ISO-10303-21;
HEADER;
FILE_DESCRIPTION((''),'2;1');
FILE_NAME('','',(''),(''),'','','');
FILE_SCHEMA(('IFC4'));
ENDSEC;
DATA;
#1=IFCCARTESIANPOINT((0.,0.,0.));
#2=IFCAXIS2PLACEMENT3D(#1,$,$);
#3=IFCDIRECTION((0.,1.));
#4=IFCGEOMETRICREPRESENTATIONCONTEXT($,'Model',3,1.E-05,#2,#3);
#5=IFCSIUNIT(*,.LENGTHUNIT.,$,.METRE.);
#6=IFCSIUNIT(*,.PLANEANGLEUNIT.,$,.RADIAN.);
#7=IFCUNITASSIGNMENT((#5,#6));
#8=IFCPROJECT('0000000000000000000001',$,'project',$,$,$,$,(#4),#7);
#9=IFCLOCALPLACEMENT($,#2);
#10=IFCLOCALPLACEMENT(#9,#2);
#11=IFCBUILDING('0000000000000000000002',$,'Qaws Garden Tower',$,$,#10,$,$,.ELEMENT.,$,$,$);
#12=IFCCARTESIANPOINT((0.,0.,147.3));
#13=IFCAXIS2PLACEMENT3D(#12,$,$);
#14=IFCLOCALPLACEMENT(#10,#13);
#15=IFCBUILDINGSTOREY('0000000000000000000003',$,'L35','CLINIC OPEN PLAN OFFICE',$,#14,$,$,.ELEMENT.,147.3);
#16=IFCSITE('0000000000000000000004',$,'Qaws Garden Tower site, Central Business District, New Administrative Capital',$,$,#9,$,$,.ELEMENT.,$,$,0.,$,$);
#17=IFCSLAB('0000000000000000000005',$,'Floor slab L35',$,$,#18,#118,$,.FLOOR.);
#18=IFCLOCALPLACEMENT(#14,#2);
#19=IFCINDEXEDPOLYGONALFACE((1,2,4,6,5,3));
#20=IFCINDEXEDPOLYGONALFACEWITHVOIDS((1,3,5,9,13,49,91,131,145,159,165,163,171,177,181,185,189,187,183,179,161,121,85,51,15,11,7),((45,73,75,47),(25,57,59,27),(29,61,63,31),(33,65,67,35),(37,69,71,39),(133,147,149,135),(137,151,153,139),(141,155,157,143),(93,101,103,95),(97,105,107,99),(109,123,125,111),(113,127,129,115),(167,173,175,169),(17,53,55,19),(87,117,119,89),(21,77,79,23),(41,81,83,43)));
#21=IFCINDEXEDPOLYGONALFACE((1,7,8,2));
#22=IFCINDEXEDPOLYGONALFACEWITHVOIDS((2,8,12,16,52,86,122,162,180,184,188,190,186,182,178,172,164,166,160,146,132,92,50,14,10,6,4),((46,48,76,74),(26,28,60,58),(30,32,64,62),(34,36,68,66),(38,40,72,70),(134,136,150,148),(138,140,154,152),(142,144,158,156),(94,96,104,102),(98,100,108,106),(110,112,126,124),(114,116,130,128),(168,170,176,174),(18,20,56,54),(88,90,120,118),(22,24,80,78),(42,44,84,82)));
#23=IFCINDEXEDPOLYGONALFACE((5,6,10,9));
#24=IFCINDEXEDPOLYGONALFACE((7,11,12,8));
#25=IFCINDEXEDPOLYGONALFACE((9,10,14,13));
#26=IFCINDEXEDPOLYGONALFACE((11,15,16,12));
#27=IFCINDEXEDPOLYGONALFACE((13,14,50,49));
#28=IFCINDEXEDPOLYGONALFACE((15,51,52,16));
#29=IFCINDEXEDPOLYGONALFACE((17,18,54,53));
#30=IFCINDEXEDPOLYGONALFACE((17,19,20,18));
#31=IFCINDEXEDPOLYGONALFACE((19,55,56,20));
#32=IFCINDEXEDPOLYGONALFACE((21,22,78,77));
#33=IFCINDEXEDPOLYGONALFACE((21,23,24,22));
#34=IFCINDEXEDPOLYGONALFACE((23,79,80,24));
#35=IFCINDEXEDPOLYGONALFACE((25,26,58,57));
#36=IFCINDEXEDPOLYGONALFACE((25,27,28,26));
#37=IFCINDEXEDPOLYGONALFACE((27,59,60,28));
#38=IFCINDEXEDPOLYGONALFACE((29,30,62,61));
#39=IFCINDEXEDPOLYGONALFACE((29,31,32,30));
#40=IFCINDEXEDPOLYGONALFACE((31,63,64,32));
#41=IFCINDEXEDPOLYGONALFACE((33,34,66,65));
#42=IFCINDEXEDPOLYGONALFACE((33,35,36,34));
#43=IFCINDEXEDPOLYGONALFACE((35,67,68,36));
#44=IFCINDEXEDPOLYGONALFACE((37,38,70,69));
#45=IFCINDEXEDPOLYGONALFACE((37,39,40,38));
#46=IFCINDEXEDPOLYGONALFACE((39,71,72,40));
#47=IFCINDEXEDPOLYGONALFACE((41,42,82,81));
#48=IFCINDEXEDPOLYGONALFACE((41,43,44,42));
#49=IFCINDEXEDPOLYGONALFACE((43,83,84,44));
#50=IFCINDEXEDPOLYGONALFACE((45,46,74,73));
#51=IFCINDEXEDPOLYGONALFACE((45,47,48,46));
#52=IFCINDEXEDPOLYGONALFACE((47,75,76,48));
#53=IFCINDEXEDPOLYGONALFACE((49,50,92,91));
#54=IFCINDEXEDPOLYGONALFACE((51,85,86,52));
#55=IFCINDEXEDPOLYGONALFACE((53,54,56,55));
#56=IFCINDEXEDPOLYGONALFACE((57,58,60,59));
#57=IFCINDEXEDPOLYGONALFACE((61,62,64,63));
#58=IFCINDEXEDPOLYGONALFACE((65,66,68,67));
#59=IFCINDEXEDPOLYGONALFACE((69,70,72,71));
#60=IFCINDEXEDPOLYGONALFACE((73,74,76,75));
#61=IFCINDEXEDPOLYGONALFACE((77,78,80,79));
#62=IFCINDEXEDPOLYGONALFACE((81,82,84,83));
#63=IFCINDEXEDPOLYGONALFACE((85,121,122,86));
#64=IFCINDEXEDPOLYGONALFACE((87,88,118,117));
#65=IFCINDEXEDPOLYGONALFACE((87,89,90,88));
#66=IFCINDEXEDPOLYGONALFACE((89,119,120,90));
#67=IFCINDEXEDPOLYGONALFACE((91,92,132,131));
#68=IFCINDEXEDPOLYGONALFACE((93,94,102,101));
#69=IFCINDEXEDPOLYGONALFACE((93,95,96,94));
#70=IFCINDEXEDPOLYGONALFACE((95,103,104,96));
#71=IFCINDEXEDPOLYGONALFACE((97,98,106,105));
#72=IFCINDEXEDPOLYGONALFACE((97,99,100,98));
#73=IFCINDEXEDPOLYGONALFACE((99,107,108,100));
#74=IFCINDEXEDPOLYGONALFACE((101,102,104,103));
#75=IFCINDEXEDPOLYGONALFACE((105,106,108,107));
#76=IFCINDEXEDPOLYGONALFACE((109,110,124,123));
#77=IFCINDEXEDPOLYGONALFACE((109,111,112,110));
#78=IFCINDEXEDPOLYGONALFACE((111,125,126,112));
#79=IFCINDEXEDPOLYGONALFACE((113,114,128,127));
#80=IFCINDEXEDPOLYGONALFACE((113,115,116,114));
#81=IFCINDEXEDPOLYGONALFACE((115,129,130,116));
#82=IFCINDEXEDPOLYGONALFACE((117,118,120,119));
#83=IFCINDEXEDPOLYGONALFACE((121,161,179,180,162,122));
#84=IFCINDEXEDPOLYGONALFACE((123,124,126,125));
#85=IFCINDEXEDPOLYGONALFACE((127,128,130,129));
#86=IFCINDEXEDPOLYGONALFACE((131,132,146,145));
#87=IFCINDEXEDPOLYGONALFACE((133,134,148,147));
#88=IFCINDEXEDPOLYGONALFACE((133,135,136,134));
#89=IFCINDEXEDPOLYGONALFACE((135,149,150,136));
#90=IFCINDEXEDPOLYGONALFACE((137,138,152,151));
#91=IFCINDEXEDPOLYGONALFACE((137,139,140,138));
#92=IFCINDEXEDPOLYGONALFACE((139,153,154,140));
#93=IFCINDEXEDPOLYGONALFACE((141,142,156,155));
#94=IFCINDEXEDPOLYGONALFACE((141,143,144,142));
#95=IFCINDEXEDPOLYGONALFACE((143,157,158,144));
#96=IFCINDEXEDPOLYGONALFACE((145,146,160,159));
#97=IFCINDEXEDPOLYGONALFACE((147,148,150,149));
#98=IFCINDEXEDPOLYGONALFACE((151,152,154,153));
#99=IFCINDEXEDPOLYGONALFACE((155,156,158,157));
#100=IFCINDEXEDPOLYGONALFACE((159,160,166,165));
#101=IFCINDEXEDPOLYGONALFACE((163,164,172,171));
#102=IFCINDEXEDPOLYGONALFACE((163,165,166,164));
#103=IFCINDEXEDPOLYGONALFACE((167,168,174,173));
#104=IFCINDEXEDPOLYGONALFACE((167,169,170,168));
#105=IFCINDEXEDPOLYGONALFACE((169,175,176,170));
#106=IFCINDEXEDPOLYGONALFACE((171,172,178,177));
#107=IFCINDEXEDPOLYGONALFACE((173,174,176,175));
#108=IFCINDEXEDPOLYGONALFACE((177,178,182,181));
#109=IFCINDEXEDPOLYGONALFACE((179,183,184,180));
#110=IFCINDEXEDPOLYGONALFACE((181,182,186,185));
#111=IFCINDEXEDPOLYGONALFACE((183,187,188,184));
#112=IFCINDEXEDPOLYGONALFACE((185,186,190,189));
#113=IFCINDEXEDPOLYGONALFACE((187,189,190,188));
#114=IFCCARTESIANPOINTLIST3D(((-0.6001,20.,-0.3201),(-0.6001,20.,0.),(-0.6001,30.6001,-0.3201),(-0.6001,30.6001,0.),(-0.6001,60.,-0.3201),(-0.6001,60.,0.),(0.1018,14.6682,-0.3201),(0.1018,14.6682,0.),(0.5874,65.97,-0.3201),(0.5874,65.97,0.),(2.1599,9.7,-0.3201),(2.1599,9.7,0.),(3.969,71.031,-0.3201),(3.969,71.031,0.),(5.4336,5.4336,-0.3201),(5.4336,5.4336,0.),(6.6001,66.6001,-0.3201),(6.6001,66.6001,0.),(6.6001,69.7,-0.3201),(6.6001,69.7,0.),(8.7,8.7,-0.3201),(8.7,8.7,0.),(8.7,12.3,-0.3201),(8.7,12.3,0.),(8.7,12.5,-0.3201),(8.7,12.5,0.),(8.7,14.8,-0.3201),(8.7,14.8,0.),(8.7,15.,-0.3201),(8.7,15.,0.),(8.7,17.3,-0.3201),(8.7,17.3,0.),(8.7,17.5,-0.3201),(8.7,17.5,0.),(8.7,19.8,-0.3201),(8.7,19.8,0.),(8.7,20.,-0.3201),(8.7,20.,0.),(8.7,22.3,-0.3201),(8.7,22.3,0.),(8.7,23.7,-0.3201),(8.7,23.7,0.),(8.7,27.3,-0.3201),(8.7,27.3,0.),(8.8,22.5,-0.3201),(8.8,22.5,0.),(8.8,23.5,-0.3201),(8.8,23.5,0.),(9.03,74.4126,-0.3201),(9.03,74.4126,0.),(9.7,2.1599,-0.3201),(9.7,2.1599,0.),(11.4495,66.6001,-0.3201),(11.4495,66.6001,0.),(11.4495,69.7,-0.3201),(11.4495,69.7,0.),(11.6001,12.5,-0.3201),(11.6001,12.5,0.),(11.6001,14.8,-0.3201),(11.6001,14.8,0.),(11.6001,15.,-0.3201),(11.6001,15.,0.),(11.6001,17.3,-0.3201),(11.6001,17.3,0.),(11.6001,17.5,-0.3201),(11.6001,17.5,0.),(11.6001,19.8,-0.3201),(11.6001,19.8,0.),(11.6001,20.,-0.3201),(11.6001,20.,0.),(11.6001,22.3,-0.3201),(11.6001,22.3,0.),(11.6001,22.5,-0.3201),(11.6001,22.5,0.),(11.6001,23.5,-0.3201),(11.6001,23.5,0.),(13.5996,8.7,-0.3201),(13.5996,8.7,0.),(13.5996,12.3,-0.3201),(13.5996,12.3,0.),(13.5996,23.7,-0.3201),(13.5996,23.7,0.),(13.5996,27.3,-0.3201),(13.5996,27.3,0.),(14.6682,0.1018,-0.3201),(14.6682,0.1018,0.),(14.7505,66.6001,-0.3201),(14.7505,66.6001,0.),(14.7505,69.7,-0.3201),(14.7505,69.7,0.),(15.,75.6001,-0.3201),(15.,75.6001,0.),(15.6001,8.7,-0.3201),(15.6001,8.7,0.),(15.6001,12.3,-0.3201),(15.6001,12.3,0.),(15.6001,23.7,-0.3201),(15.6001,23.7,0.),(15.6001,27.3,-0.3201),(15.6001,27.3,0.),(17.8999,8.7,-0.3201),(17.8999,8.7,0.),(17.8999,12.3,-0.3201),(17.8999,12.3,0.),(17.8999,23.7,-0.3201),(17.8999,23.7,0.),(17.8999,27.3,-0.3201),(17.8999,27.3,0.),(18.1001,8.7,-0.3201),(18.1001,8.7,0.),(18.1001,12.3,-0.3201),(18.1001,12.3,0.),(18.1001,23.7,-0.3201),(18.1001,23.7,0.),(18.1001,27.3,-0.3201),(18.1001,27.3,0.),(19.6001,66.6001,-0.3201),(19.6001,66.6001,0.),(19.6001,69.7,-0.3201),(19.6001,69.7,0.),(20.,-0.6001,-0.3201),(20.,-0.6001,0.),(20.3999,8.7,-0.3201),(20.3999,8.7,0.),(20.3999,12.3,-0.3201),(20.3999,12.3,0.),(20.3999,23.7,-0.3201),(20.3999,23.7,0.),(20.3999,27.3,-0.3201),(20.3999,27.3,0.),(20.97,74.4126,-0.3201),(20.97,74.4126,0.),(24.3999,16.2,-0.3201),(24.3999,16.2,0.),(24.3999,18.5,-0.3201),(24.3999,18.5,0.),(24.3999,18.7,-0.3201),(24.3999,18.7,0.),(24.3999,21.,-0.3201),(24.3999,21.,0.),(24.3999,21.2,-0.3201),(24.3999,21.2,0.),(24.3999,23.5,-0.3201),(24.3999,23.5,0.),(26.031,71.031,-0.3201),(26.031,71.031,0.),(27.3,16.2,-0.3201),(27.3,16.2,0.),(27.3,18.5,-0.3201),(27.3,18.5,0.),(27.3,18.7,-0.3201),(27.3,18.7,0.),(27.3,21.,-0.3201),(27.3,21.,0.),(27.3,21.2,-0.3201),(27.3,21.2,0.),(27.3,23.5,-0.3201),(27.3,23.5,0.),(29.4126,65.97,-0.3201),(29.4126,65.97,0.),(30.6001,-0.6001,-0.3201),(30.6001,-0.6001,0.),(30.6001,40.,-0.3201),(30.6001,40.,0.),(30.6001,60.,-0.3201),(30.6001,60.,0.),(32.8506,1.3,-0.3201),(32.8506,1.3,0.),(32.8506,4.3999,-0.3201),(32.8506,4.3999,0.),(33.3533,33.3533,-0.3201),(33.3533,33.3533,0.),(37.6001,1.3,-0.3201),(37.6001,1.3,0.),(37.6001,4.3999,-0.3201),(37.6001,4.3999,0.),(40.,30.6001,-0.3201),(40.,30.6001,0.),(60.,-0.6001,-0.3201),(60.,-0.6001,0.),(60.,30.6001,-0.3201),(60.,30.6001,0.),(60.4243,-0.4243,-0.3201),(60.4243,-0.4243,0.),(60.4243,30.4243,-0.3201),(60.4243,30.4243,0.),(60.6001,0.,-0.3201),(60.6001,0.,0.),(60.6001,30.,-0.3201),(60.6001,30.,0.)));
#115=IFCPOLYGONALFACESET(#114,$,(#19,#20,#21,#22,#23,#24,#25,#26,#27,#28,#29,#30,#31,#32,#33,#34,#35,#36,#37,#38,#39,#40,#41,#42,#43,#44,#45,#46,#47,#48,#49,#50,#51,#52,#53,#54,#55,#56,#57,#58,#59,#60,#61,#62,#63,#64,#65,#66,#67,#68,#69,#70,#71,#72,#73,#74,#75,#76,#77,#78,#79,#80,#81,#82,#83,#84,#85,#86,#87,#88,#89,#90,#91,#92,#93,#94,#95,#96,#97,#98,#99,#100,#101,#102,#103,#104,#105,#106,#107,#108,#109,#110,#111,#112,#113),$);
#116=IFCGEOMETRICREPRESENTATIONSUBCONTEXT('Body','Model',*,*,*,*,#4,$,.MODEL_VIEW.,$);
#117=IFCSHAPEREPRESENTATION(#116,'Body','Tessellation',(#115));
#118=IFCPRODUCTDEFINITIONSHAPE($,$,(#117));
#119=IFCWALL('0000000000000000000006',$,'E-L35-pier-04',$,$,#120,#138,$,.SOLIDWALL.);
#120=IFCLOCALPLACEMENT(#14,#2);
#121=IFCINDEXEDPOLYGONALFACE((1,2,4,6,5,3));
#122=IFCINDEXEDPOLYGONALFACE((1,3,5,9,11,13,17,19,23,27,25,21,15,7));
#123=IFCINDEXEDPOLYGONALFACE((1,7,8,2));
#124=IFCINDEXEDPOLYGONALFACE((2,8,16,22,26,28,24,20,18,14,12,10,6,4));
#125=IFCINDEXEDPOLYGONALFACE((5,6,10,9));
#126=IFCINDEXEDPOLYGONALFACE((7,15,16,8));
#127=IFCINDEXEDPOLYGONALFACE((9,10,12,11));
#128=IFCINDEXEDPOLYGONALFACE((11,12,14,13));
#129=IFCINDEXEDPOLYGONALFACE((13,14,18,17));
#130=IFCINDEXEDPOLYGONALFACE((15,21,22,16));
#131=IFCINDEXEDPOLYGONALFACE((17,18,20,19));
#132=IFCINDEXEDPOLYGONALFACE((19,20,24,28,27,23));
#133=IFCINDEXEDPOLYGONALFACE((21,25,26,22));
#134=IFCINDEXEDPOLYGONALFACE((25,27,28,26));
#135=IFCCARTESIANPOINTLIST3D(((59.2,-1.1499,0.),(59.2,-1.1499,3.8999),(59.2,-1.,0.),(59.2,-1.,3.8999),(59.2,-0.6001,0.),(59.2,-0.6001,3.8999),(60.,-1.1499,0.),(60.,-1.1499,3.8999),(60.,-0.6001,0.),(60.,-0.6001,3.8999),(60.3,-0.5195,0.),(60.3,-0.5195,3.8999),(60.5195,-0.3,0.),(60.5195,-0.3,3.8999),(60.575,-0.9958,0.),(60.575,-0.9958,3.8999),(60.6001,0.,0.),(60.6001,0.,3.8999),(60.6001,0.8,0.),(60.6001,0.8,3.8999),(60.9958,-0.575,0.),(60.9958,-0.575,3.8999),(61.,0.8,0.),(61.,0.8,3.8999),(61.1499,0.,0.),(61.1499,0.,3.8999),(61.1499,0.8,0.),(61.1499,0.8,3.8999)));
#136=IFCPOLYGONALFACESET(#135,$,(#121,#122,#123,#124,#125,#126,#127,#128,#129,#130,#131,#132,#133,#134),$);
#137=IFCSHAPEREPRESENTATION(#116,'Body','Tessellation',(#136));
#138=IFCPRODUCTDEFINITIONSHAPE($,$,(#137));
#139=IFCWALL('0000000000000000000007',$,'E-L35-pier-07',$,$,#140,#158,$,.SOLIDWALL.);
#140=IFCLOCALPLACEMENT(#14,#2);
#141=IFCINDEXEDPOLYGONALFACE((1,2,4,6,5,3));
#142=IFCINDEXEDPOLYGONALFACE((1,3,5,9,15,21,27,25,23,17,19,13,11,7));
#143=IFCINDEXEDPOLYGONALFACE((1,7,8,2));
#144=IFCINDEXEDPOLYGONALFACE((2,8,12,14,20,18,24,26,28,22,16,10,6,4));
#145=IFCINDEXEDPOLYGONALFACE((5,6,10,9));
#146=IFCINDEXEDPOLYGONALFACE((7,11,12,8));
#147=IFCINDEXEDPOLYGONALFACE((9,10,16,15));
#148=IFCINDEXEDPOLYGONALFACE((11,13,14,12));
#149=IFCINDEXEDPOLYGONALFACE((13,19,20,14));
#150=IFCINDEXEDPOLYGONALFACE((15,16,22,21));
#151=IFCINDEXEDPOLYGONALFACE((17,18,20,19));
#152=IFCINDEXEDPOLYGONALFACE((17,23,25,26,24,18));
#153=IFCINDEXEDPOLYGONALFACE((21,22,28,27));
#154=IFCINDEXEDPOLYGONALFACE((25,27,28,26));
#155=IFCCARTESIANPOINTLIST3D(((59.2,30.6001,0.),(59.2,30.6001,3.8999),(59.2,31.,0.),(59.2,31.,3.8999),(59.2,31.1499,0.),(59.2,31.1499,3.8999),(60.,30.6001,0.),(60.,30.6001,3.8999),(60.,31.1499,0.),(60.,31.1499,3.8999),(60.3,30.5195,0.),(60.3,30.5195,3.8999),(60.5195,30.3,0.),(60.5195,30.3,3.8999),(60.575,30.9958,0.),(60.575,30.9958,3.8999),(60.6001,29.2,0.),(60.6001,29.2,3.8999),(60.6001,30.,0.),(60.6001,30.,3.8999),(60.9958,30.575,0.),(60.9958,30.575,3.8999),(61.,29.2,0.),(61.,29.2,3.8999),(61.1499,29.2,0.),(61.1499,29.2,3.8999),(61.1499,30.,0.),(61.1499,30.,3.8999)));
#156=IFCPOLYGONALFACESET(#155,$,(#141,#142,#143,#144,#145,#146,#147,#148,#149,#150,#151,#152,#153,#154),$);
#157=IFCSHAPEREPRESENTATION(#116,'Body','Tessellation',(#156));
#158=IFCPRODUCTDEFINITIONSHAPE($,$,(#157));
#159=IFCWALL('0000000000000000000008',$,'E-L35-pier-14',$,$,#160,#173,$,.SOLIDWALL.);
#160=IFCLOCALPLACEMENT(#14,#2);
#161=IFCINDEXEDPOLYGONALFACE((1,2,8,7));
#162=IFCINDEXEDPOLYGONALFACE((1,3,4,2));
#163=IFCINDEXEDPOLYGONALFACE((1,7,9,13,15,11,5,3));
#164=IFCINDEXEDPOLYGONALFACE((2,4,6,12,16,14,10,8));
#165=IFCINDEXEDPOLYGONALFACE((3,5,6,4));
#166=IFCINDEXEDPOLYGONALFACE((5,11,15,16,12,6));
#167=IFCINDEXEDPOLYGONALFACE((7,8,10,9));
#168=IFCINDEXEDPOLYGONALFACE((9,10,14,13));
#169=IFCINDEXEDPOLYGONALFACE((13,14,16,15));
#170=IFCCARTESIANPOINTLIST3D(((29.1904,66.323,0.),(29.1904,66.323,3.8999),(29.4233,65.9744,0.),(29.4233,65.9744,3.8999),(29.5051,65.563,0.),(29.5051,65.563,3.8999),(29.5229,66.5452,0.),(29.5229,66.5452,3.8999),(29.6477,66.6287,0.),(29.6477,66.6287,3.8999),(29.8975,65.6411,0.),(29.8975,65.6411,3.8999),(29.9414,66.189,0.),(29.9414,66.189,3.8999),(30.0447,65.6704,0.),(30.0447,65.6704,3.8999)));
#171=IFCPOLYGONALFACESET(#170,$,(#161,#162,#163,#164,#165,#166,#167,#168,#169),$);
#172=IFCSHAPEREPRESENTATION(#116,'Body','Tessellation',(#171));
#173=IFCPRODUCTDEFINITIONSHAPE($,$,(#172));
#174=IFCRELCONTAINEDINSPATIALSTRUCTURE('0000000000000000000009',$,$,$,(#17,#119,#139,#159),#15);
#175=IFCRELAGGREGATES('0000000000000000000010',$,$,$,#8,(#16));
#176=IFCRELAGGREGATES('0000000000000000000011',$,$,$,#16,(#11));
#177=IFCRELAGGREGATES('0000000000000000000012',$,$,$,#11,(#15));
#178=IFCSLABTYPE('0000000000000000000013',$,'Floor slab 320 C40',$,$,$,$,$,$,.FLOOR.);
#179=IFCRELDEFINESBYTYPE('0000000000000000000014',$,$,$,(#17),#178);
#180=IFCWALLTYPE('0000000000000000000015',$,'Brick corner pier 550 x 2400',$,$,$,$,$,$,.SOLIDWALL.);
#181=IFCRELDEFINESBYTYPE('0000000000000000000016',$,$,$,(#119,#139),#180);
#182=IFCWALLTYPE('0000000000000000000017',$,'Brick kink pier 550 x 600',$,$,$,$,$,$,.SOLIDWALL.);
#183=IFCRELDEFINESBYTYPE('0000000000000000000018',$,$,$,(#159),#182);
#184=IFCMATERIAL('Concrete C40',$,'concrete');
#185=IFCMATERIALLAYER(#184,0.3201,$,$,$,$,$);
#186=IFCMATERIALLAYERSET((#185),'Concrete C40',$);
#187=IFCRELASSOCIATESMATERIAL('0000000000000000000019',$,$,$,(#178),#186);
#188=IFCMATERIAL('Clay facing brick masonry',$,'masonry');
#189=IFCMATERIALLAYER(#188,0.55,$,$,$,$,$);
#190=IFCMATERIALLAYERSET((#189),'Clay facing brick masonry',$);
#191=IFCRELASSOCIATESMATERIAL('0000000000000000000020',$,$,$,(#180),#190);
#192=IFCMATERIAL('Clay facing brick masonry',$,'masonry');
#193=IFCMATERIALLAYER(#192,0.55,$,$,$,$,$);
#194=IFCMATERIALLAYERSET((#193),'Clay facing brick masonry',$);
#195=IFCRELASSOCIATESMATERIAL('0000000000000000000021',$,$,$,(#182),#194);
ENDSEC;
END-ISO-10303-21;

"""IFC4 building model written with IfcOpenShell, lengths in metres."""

from ifc_helpers import new_model, si_unit, direction, frame, origin, place, context, subcontext, project, spatial, polyline, outline, extrude, material, layer, layer_set, type_object, element, save


model = new_model("IFC4")

# Units and contexts
model_context = context("Model", 3, precision=1e-05, world=origin(), true_north=direction((0.0, 1.0)))
body_context = subcontext(model_context, "Body", "Model", "MODEL_VIEW")
ifc_project = project(units=[si_unit("LENGTHUNIT", "METRE"), si_unit("PLANEANGLEUNIT", "RADIAN")], contexts=[model_context])

# Site, building, storey
site_placement = place(None, origin())
site = spatial("IfcSite", under=ifc_project, at=site_placement, Name="Qaws Garden Tower site, Central Business District, New Administrative Capital", CompositionType="ELEMENT", RefElevation=0.0)
building_placement = place(site_placement, origin())
building = spatial("IfcBuilding", under=site, at=building_placement, Name="Qaws Garden Tower", CompositionType="ELEMENT")
storey_placement = place(building_placement, frame((0.0, 0.0, 147.3)))
storey = spatial("IfcBuildingStorey", under=building, at=storey_placement, Name="L35", Description="CLINIC OPEN PLAN OFFICE", CompositionType="ELEMENT", Elevation=147.3)

# Slab
ifc_material_1 = material(Name="Concrete C40", Category="concrete")
ifc_layer_1 = layer(ifc_material_1, 0.3201)
ifc_layer_set_1 = layer_set([ifc_layer_1], Name="Concrete C40")
slab_type = type_object("IfcSlabType", Name="Floor slab 320 C40", PredefinedType="FLOOR", material=ifc_layer_set_1)
slab_placement = place(storey_placement, frame((0.0, 0.0, -0.3201)))
element("IfcSlab", 1, at=slab_placement, inside=storey, type_object=slab_type, Name="Floor slab L35", PredefinedType="FLOOR", context=body_context, shape_type="SweptSolid", body=[
    extrude(outline(polyline([(0.1018, 14.6682), (-0.6001, 20.0), (-0.6001, 30.6001), (-0.6001, 60.0), (-0.6001, 60.0), (0.5874, 65.97), (3.969, 71.031), (9.03, 74.4126), (15.0, 75.6001), (20.97, 74.4126), (26.031, 71.031), (29.4126, 65.97), (30.6001, 60.0), (30.6001, 40.0), (33.3533, 33.3533), (40.0, 30.6001), (60.0, 30.6001), (60.4243, 30.4243), (60.6001, 30.0), (60.6001, 0.0), (60.4243, -0.4243), (60.0, -0.6001), (30.6001, -0.6001), (20.0, -0.6001), (14.6682, 0.1018), (9.7, 2.1599), (5.4336, 5.4336), (2.1599, 9.7), (0.1018, 14.6682)]), holes=[polyline([(13.5996, 12.3), (8.7, 12.3), (8.7, 8.7), (13.5996, 8.7), (13.5996, 12.3)]), polyline([(17.8999, 12.3), (15.6001, 12.3), (15.6001, 8.7), (17.8999, 8.7), (17.8999, 12.3)]), polyline([(11.6001, 14.8), (8.7, 14.8), (8.7, 12.5), (11.6001, 12.5), (11.6001, 14.8)]), polyline([(11.6001, 17.3), (8.7, 17.3), (8.7, 15.0), (11.6001, 15.0), (11.6001, 17.3)]), polyline([(11.6001, 19.8), (8.7, 19.8), (8.7, 17.5), (11.6001, 17.5), (11.6001, 19.8)]), polyline([(11.6001, 22.3), (8.7, 22.3), (8.7, 20.0), (11.6001, 20.0), (11.6001, 22.3)]), polyline([(11.6001, 23.5), (8.8, 23.5), (8.8, 22.5), (11.6001, 22.5), (11.6001, 23.5)]), polyline([(13.5996, 27.3), (8.7, 27.3), (8.7, 23.7), (13.5996, 23.7), (13.5996, 27.3)]), polyline([(11.4495, 69.7), (6.6001, 69.7), (6.6001, 66.6001), (11.4495, 66.6001), (11.4495, 69.7)]), polyline([(37.6001, 4.3999), (32.8506, 4.3999), (32.8506, 1.3), (37.6001, 1.3), (37.6001, 4.3999)]), polyline([(20.3999, 12.3), (18.1001, 12.3), (18.1001, 8.7), (20.3999, 8.7), (20.3999, 12.3)]), polyline([(27.3, 18.5), (24.3999, 18.5), (24.3999, 16.2), (27.3, 16.2), (27.3, 18.5)]), polyline([(27.3, 21.0), (24.3999, 21.0), (24.3999, 18.7), (27.3, 18.7), (27.3, 21.0)]), polyline([(27.3, 23.5), (24.3999, 23.5), (24.3999, 21.2), (27.3, 21.2), (27.3, 23.5)]), polyline([(17.8999, 27.3), (15.6001, 27.3), (15.6001, 23.7), (17.8999, 23.7), (17.8999, 27.3)]), polyline([(20.3999, 23.7), (20.3999, 27.3), (18.1001, 27.3), (18.1001, 23.7), (20.3999, 23.7)]), polyline([(19.6001, 66.6001), (19.6001, 69.7), (14.7505, 69.7), (14.7505, 66.6001), (19.6001, 66.6001)])]), origin(), (0.0, 0.0, 1.0), 0.3201),
])

# Walls
ifc_material_2 = material(Name="Clay facing brick masonry", Category="masonry")
ifc_layer_2 = layer(ifc_material_2, 0.55)
ifc_layer_set_2 = layer_set([ifc_layer_2], Name="Clay facing brick masonry")
wall_type_1 = type_object("IfcWallType", Name="Brick corner pier 550 x 2400", PredefinedType="SOLIDWALL", material=ifc_layer_set_2)
placement = place(storey_placement, origin())
element("IfcWall", 2, at=placement, inside=storey, type_object=wall_type_1, Name="E-L35-pier-04", PredefinedType="SOLIDWALL", context=body_context, shape_type="SweptSolid", body=[
    extrude(outline(polyline([(59.2, -1.0), (59.2, -1.1499), (60.0, -1.1499), (60.575, -0.9958), (60.9958, -0.575), (61.1499, 0.0), (61.1499, 0.8), (61.0, 0.8), (60.6001, 0.8), (60.6001, 0.0), (60.5195, -0.3), (60.3, -0.5195), (60.0, -0.6001), (59.2, -0.6001), (59.2, -1.0)])), origin(), (0.0, 0.0, 1.0), 3.8999),
])
element("IfcWall", 3, at=placement, inside=storey, type_object=wall_type_1, Name="E-L35-pier-07", PredefinedType="SOLIDWALL", context=body_context, shape_type="SweptSolid", body=[
    extrude(outline(polyline([(61.0, 29.2), (61.1499, 29.2), (61.1499, 30.0), (60.9958, 30.575), (60.575, 30.9958), (60.0, 31.1499), (59.2, 31.1499), (59.2, 31.0), (59.2, 30.6001), (60.0, 30.6001), (60.3, 30.5195), (60.5195, 30.3), (60.6001, 30.0), (60.6001, 29.2), (61.0, 29.2)])), origin(), (0.0, 0.0, 1.0), 3.8999),
])
ifc_material_3 = material(Name="Clay facing brick masonry", Category="masonry")
ifc_layer_3 = layer(ifc_material_3, 0.55)
ifc_layer_set_3 = layer_set([ifc_layer_3], Name="Clay facing brick masonry")
wall_type_2 = type_object("IfcWallType", Name="Brick kink pier 550 x 600", PredefinedType="SOLIDWALL", material=ifc_layer_set_3)
element("IfcWall", 4, at=placement, inside=storey, type_object=wall_type_2, Name="E-L35-pier-14", PredefinedType="SOLIDWALL", context=body_context, shape_type="SweptSolid", body=[
    extrude(outline(polyline([(29.8975, 65.6411), (30.0447, 65.6704), (29.9414, 66.189), (29.6477, 66.6287), (29.5229, 66.5452), (29.1904, 66.323), (29.4233, 65.9744), (29.5051, 65.563), (29.8975, 65.6411)])), origin(), (0.0, 0.0, 1.0), 3.8999),
])

save(model, "model.ifc")
